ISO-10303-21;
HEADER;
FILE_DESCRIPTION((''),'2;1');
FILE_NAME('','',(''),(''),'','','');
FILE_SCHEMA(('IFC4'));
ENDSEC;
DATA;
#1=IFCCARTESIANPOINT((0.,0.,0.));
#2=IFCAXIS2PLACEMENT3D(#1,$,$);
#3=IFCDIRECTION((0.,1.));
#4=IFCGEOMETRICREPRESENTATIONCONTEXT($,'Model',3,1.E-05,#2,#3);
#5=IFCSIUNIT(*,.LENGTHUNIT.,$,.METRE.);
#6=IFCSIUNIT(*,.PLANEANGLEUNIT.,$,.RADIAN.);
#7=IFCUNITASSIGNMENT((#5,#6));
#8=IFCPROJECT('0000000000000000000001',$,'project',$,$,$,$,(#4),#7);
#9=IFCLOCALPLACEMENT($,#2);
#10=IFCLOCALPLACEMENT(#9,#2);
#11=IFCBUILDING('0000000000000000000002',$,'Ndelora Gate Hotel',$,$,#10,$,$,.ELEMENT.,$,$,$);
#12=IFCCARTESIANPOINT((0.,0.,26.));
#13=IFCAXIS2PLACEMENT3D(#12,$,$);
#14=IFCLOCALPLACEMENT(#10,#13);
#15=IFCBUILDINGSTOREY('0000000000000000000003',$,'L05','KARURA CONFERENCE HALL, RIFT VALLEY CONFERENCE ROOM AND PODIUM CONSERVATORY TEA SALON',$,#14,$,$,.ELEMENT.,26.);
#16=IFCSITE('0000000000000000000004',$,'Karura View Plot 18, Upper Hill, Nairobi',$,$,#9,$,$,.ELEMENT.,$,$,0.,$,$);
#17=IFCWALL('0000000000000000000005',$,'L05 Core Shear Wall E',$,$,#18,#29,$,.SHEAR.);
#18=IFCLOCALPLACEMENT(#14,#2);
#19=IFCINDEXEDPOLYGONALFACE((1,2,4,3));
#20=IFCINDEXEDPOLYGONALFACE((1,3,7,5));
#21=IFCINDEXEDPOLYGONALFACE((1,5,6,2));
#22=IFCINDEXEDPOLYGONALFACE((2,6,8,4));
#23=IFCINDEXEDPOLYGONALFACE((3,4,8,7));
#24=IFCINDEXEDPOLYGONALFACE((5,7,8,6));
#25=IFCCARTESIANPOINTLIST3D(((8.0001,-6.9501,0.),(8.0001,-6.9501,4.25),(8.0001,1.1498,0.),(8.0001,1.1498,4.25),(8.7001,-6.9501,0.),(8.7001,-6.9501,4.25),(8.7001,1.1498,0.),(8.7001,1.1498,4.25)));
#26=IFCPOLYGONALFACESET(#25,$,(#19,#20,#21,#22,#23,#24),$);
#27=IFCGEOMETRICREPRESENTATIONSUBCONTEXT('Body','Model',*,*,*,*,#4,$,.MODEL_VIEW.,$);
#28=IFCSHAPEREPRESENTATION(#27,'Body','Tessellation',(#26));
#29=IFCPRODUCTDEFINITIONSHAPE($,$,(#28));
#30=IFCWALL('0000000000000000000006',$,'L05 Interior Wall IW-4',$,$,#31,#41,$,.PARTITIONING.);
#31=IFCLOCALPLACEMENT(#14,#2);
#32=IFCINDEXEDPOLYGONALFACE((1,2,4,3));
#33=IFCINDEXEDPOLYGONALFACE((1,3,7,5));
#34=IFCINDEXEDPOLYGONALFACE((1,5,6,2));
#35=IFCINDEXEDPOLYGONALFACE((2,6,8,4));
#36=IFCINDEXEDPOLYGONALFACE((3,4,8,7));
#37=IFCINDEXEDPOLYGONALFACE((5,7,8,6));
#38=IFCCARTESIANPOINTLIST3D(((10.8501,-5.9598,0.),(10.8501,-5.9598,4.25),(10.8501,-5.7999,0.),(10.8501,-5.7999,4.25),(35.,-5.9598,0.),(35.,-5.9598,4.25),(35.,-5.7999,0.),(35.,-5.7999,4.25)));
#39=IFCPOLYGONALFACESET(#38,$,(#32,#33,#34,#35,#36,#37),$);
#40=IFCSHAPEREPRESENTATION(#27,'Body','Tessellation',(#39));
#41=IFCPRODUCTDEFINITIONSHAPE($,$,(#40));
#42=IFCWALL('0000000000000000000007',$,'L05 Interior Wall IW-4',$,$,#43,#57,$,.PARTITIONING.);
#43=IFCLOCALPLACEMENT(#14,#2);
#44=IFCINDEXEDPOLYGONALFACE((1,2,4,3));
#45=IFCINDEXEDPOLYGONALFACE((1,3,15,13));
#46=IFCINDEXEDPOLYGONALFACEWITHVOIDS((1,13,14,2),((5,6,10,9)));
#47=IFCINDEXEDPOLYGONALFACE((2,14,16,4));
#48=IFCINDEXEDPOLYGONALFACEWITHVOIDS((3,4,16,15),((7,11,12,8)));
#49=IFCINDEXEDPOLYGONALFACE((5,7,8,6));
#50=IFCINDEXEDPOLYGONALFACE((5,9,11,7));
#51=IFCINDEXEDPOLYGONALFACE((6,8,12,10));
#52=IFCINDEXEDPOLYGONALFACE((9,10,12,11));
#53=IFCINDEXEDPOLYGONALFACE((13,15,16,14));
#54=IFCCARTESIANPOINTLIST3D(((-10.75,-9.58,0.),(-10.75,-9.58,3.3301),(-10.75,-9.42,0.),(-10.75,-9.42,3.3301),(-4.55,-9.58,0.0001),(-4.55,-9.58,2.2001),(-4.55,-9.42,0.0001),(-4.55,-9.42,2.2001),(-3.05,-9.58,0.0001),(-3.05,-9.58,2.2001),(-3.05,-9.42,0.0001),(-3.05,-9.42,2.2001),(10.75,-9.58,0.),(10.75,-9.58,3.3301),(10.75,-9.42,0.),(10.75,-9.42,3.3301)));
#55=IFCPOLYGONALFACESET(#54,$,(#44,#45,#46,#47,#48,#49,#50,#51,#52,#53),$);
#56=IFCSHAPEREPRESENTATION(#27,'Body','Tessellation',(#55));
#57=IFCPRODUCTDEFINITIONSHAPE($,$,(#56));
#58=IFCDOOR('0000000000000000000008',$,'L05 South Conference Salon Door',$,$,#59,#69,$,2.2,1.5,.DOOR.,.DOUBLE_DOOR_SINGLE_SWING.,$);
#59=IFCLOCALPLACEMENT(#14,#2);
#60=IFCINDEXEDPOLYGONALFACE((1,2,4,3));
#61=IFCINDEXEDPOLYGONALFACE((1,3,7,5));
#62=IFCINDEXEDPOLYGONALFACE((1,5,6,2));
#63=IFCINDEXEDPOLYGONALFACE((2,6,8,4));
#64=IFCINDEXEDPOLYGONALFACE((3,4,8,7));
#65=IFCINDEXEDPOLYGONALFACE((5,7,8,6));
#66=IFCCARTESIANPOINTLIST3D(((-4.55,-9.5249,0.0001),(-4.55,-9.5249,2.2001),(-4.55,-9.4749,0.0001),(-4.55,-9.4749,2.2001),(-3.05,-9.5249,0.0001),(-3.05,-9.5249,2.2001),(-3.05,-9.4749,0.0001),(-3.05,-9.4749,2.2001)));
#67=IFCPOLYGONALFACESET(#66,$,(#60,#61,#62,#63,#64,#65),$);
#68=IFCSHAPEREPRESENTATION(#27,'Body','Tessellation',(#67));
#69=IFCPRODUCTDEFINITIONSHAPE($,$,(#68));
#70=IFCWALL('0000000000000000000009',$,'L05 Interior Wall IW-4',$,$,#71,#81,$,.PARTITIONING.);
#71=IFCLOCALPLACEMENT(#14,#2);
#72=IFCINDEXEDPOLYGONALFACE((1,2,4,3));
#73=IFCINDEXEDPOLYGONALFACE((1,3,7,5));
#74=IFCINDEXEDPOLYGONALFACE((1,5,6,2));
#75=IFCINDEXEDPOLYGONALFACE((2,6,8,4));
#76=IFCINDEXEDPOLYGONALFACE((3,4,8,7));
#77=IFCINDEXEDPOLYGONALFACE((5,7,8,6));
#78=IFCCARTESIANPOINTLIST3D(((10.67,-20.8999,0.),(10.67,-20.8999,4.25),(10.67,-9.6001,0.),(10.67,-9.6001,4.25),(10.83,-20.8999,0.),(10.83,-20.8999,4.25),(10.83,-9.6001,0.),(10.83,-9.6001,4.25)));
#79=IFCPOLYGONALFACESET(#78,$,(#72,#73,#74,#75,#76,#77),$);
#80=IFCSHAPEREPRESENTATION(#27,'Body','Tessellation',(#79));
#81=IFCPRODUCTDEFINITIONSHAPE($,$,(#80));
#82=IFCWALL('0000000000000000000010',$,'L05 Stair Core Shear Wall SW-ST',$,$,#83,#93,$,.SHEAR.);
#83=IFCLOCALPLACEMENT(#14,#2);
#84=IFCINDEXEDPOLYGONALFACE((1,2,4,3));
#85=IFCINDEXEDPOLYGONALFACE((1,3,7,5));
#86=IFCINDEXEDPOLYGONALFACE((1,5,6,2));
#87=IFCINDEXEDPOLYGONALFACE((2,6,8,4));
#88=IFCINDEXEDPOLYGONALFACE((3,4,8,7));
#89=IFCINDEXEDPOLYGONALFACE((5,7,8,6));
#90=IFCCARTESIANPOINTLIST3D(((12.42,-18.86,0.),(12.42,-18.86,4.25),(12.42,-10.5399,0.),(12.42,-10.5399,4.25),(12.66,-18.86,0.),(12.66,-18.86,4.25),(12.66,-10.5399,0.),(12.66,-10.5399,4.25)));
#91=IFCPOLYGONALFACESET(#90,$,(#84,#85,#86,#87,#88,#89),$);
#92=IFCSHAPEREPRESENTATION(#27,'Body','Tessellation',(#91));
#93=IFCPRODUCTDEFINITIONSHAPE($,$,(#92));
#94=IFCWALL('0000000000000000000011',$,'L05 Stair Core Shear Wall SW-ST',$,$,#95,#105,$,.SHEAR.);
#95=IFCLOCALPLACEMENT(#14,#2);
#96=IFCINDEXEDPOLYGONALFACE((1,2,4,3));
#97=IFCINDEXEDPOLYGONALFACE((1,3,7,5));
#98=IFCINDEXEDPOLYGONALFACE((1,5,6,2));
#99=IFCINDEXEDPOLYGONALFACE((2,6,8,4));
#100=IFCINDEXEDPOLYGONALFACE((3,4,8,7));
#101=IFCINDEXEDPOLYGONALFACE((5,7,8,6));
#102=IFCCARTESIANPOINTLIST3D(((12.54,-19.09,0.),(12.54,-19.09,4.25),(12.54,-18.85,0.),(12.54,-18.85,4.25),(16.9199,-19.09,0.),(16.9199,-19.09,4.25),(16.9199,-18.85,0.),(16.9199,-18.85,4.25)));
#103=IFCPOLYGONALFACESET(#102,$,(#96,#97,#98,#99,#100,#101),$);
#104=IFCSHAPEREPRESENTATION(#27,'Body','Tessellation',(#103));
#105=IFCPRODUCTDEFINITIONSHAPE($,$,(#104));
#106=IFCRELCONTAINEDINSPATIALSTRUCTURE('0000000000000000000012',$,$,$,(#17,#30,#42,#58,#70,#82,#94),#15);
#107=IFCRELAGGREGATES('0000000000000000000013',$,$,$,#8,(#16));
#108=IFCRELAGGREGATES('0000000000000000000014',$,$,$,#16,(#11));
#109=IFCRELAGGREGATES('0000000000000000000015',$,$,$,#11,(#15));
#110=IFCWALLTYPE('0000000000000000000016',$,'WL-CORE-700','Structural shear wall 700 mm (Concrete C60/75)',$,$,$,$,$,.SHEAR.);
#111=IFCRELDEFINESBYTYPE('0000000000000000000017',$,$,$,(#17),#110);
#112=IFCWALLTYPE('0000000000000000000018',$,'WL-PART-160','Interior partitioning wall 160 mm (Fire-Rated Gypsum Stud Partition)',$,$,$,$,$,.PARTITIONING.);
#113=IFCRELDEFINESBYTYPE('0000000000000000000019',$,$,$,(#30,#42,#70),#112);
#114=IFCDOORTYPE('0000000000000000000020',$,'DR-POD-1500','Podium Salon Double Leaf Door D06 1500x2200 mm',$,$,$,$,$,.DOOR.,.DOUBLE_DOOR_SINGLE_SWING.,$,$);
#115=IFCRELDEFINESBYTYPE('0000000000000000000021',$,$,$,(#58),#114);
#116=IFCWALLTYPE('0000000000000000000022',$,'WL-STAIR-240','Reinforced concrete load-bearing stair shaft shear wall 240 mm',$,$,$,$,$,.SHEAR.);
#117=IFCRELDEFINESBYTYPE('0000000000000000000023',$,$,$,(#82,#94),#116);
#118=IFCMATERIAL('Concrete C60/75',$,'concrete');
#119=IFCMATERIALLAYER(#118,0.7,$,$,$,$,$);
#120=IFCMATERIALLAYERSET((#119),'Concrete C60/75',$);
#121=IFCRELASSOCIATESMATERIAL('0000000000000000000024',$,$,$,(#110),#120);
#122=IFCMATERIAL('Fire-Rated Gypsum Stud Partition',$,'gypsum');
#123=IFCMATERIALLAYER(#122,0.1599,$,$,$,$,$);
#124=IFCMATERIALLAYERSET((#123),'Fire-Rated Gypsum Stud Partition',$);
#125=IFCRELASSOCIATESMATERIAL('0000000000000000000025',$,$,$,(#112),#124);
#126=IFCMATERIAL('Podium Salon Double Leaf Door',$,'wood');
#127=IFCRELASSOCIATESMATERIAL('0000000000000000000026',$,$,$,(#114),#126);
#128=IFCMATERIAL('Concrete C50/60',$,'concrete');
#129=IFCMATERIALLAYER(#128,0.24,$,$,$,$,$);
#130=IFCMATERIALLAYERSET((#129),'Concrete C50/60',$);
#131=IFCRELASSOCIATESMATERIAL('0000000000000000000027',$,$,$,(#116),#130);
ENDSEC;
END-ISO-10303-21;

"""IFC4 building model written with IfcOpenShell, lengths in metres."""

from ifc_helpers import new_model, si_unit, direction, frame, frame_2d, origin, place, context, subcontext, project, spatial, rectangle, extrude, material, layer, layer_set, type_object, element, fill, save


model = new_model("IFC4")

# Units and contexts
model_context = context("Model", 3, precision=1e-05, world=origin(), true_north=direction((0.0, 1.0)))
body_context = subcontext(model_context, "Body", "Model", "MODEL_VIEW")
ifc_project = project(units=[si_unit("LENGTHUNIT", "METRE"), si_unit("PLANEANGLEUNIT", "RADIAN")], contexts=[model_context])

# Site, building, storey
site_placement = place(None, origin())
site = spatial("IfcSite", under=ifc_project, at=site_placement, Name="Karura View Plot 18, Upper Hill, Nairobi", CompositionType="ELEMENT", RefElevation=0.0)
building_placement = place(site_placement, origin())
building = spatial("IfcBuilding", under=site, at=building_placement, Name="Ndelora Gate Hotel", CompositionType="ELEMENT")
storey_placement = place(building_placement, frame((0.0, 0.0, 26.0)))
storey = spatial("IfcBuildingStorey", under=building, at=storey_placement, Name="L05", Description="KARURA CONFERENCE HALL, RIFT VALLEY CONFERENCE ROOM AND PODIUM CONSERVATORY TEA SALON", CompositionType="ELEMENT", Elevation=26.0)

# Shared definitions
ifc_material_1 = material(Name="Concrete C60/75", Category="concrete")

# Walls
ifc_layer_1 = layer(ifc_material_1, 0.7)
ifc_layer_set_1 = layer_set([ifc_layer_1], Name="Concrete C60/75")
wall_type_1 = type_object("IfcWallType", Name="WL-CORE-700", Description="Structural shear wall 700 mm (Concrete C60/75)", PredefinedType="SHEAR", material=ifc_layer_set_1)
wall_1_placement = place(storey_placement, frame((8.3501, -6.95, 0.0), z_axis=(0.0, 0.0, 1.0), x_axis=(0.0, 1.0, 0.0)))
element("IfcWall", 1, at=wall_1_placement, inside=storey, type_object=wall_type_1, Name="L05 Core Shear Wall E", PredefinedType="SHEAR", context=body_context, shape_type="SweptSolid", body=[
    extrude(rectangle(XDim=8.0999, YDim=0.7, at=frame_2d((4.0498, 0.0))), origin(), (0.0, 0.0, 1.0), 4.25),
])
ifc_material_2 = material(Name="Fire-Rated Gypsum Stud Partition", Category="gypsum")
ifc_layer_2 = layer(ifc_material_2, 0.1599)
ifc_layer_set_2 = layer_set([ifc_layer_2], Name="Fire-Rated Gypsum Stud Partition")
wall_type_2 = type_object("IfcWallType", Name="WL-PART-160", Description="Interior partitioning wall 160 mm (Fire-Rated Gypsum Stud Partition)", PredefinedType="PARTITIONING", material=ifc_layer_set_2)
wall_2_placement = place(storey_placement, frame((10.8501, -5.8799, 0.0), z_axis=(0.0, 0.0, 1.0), x_axis=(1.0, 0.0, 0.0)))
element("IfcWall", 2, at=wall_2_placement, inside=storey, type_object=wall_type_2, Name="L05 Interior Wall IW-4", PredefinedType="PARTITIONING", context=body_context, shape_type="SweptSolid", body=[
    extrude(rectangle(XDim=24.1499, YDim=0.1599, at=frame_2d((12.075, 0.0))), origin(), (0.0, 0.0, 1.0), 4.25),
])

# Wall, opening, door
wall_3_placement = place(storey_placement, frame((10.75, -9.5, 0.0), z_axis=(0.0, 0.0, 1.0), x_axis=(-1.0, 0.0, 0.0)))
wall_3 = element("IfcWall", 3, at=wall_3_placement, inside=storey, type_object=wall_type_2, Name="L05 Interior Wall IW-4", PredefinedType="PARTITIONING", context=body_context, shape_type="SweptSolid", body=[
    extrude(rectangle(XDim=21.5, YDim=0.1599, at=frame_2d((10.75, 0.0))), origin(), (0.0, 0.0, 1.0), 3.3301),
])
opening_placement = place(wall_3_placement, frame((13.8, 0.0, 0.0)))
opening = element("IfcOpeningElement", 4, at=opening_placement, cuts=wall_3, PredefinedType="OPENING", context=body_context, shape_type="SweptSolid", body=[
    extrude(rectangle(XDim=1.5, YDim=2.2, at=frame_2d((0.75, 1.1001))), frame((0.0, 0.0898, 0.0), z_axis=(0.0, -1.0, 0.0), x_axis=(1.0, 0.0, 0.0)), (0.0, 0.0, 1.0), 0.1799),
])
ifc_material_3 = material(Name="Podium Salon Double Leaf Door", Category="wood")
door_type = type_object("IfcDoorType", Name="DR-POD-1500", Description="Podium Salon Double Leaf Door D06 1500x2200 mm", OperationType="DOUBLE_DOOR_SINGLE_SWING", PredefinedType="DOOR", material=ifc_material_3)
door_placement = place(opening_placement, origin())
door = element("IfcDoor", 5, at=door_placement, inside=storey, type_object=door_type, Name="L05 South Conference Salon Door", OperationType="DOUBLE_DOOR_SINGLE_SWING", OverallHeight=2.2, OverallWidth=1.5, PredefinedType="DOOR", context=body_context, shape_type="SweptSolid", body=[
    extrude(rectangle(XDim=1.5, YDim=2.2, at=frame_2d((0.75, 1.1001))), frame((0.0, 0.0249, 0.0), z_axis=(0.0, -1.0, 0.0), x_axis=(1.0, 0.0, 0.0)), (0.0, 0.0, 1.0), 0.05),
])
fill(opening, door)

# Walls
wall_4_placement = place(storey_placement, frame((10.75, -20.8999, 0.0), z_axis=(0.0, 0.0, 1.0), x_axis=(0.0, 1.0, 0.0)))
element("IfcWall", 6, at=wall_4_placement, inside=storey, type_object=wall_type_2, Name="L05 Interior Wall IW-4", PredefinedType="PARTITIONING", context=body_context, shape_type="SweptSolid", body=[
    extrude(rectangle(XDim=11.2998, YDim=0.1599, at=frame_2d((5.6499, 0.0))), origin(), (0.0, 0.0, 1.0), 4.25),
])
ifc_material_4 = material(Name="Concrete C50/60", Category="concrete")
ifc_layer_3 = layer(ifc_material_4, 0.24)
ifc_layer_set_3 = layer_set([ifc_layer_3], Name="Concrete C50/60")
wall_type_3 = type_object("IfcWallType", Name="WL-STAIR-240", Description="Reinforced concrete load-bearing stair shaft shear wall 240 mm", PredefinedType="SHEAR", material=ifc_layer_set_3)
wall_5_placement = place(storey_placement, frame((12.54, -18.8601, 0.0), z_axis=(0.0, 0.0, 1.0), x_axis=(0.0, 1.0, 0.0)))
element("IfcWall", 7, at=wall_5_placement, inside=storey, type_object=wall_type_3, Name="L05 Stair Core Shear Wall SW-ST", PredefinedType="SHEAR", context=body_context, shape_type="SweptSolid", body=[
    extrude(rectangle(XDim=8.3201, YDim=0.24, at=frame_2d((4.1602, 0.0))), origin(), (0.0, 0.0, 1.0), 4.25),
])
wall_6_placement = place(storey_placement, frame((12.54, -18.97, 0.0), z_axis=(0.0, 0.0, 1.0), x_axis=(1.0, 0.0, 0.0)))
element("IfcWall", 8, at=wall_6_placement, inside=storey, type_object=wall_type_3, Name="L05 Stair Core Shear Wall SW-ST", PredefinedType="SHEAR", context=body_context, shape_type="SweptSolid", body=[
    extrude(rectangle(XDim=4.3799, YDim=0.24, at=frame_2d((2.1899, 0.0))), origin(), (0.0, 0.0, 1.0), 4.25),
])

save(model, "model.ifc")
